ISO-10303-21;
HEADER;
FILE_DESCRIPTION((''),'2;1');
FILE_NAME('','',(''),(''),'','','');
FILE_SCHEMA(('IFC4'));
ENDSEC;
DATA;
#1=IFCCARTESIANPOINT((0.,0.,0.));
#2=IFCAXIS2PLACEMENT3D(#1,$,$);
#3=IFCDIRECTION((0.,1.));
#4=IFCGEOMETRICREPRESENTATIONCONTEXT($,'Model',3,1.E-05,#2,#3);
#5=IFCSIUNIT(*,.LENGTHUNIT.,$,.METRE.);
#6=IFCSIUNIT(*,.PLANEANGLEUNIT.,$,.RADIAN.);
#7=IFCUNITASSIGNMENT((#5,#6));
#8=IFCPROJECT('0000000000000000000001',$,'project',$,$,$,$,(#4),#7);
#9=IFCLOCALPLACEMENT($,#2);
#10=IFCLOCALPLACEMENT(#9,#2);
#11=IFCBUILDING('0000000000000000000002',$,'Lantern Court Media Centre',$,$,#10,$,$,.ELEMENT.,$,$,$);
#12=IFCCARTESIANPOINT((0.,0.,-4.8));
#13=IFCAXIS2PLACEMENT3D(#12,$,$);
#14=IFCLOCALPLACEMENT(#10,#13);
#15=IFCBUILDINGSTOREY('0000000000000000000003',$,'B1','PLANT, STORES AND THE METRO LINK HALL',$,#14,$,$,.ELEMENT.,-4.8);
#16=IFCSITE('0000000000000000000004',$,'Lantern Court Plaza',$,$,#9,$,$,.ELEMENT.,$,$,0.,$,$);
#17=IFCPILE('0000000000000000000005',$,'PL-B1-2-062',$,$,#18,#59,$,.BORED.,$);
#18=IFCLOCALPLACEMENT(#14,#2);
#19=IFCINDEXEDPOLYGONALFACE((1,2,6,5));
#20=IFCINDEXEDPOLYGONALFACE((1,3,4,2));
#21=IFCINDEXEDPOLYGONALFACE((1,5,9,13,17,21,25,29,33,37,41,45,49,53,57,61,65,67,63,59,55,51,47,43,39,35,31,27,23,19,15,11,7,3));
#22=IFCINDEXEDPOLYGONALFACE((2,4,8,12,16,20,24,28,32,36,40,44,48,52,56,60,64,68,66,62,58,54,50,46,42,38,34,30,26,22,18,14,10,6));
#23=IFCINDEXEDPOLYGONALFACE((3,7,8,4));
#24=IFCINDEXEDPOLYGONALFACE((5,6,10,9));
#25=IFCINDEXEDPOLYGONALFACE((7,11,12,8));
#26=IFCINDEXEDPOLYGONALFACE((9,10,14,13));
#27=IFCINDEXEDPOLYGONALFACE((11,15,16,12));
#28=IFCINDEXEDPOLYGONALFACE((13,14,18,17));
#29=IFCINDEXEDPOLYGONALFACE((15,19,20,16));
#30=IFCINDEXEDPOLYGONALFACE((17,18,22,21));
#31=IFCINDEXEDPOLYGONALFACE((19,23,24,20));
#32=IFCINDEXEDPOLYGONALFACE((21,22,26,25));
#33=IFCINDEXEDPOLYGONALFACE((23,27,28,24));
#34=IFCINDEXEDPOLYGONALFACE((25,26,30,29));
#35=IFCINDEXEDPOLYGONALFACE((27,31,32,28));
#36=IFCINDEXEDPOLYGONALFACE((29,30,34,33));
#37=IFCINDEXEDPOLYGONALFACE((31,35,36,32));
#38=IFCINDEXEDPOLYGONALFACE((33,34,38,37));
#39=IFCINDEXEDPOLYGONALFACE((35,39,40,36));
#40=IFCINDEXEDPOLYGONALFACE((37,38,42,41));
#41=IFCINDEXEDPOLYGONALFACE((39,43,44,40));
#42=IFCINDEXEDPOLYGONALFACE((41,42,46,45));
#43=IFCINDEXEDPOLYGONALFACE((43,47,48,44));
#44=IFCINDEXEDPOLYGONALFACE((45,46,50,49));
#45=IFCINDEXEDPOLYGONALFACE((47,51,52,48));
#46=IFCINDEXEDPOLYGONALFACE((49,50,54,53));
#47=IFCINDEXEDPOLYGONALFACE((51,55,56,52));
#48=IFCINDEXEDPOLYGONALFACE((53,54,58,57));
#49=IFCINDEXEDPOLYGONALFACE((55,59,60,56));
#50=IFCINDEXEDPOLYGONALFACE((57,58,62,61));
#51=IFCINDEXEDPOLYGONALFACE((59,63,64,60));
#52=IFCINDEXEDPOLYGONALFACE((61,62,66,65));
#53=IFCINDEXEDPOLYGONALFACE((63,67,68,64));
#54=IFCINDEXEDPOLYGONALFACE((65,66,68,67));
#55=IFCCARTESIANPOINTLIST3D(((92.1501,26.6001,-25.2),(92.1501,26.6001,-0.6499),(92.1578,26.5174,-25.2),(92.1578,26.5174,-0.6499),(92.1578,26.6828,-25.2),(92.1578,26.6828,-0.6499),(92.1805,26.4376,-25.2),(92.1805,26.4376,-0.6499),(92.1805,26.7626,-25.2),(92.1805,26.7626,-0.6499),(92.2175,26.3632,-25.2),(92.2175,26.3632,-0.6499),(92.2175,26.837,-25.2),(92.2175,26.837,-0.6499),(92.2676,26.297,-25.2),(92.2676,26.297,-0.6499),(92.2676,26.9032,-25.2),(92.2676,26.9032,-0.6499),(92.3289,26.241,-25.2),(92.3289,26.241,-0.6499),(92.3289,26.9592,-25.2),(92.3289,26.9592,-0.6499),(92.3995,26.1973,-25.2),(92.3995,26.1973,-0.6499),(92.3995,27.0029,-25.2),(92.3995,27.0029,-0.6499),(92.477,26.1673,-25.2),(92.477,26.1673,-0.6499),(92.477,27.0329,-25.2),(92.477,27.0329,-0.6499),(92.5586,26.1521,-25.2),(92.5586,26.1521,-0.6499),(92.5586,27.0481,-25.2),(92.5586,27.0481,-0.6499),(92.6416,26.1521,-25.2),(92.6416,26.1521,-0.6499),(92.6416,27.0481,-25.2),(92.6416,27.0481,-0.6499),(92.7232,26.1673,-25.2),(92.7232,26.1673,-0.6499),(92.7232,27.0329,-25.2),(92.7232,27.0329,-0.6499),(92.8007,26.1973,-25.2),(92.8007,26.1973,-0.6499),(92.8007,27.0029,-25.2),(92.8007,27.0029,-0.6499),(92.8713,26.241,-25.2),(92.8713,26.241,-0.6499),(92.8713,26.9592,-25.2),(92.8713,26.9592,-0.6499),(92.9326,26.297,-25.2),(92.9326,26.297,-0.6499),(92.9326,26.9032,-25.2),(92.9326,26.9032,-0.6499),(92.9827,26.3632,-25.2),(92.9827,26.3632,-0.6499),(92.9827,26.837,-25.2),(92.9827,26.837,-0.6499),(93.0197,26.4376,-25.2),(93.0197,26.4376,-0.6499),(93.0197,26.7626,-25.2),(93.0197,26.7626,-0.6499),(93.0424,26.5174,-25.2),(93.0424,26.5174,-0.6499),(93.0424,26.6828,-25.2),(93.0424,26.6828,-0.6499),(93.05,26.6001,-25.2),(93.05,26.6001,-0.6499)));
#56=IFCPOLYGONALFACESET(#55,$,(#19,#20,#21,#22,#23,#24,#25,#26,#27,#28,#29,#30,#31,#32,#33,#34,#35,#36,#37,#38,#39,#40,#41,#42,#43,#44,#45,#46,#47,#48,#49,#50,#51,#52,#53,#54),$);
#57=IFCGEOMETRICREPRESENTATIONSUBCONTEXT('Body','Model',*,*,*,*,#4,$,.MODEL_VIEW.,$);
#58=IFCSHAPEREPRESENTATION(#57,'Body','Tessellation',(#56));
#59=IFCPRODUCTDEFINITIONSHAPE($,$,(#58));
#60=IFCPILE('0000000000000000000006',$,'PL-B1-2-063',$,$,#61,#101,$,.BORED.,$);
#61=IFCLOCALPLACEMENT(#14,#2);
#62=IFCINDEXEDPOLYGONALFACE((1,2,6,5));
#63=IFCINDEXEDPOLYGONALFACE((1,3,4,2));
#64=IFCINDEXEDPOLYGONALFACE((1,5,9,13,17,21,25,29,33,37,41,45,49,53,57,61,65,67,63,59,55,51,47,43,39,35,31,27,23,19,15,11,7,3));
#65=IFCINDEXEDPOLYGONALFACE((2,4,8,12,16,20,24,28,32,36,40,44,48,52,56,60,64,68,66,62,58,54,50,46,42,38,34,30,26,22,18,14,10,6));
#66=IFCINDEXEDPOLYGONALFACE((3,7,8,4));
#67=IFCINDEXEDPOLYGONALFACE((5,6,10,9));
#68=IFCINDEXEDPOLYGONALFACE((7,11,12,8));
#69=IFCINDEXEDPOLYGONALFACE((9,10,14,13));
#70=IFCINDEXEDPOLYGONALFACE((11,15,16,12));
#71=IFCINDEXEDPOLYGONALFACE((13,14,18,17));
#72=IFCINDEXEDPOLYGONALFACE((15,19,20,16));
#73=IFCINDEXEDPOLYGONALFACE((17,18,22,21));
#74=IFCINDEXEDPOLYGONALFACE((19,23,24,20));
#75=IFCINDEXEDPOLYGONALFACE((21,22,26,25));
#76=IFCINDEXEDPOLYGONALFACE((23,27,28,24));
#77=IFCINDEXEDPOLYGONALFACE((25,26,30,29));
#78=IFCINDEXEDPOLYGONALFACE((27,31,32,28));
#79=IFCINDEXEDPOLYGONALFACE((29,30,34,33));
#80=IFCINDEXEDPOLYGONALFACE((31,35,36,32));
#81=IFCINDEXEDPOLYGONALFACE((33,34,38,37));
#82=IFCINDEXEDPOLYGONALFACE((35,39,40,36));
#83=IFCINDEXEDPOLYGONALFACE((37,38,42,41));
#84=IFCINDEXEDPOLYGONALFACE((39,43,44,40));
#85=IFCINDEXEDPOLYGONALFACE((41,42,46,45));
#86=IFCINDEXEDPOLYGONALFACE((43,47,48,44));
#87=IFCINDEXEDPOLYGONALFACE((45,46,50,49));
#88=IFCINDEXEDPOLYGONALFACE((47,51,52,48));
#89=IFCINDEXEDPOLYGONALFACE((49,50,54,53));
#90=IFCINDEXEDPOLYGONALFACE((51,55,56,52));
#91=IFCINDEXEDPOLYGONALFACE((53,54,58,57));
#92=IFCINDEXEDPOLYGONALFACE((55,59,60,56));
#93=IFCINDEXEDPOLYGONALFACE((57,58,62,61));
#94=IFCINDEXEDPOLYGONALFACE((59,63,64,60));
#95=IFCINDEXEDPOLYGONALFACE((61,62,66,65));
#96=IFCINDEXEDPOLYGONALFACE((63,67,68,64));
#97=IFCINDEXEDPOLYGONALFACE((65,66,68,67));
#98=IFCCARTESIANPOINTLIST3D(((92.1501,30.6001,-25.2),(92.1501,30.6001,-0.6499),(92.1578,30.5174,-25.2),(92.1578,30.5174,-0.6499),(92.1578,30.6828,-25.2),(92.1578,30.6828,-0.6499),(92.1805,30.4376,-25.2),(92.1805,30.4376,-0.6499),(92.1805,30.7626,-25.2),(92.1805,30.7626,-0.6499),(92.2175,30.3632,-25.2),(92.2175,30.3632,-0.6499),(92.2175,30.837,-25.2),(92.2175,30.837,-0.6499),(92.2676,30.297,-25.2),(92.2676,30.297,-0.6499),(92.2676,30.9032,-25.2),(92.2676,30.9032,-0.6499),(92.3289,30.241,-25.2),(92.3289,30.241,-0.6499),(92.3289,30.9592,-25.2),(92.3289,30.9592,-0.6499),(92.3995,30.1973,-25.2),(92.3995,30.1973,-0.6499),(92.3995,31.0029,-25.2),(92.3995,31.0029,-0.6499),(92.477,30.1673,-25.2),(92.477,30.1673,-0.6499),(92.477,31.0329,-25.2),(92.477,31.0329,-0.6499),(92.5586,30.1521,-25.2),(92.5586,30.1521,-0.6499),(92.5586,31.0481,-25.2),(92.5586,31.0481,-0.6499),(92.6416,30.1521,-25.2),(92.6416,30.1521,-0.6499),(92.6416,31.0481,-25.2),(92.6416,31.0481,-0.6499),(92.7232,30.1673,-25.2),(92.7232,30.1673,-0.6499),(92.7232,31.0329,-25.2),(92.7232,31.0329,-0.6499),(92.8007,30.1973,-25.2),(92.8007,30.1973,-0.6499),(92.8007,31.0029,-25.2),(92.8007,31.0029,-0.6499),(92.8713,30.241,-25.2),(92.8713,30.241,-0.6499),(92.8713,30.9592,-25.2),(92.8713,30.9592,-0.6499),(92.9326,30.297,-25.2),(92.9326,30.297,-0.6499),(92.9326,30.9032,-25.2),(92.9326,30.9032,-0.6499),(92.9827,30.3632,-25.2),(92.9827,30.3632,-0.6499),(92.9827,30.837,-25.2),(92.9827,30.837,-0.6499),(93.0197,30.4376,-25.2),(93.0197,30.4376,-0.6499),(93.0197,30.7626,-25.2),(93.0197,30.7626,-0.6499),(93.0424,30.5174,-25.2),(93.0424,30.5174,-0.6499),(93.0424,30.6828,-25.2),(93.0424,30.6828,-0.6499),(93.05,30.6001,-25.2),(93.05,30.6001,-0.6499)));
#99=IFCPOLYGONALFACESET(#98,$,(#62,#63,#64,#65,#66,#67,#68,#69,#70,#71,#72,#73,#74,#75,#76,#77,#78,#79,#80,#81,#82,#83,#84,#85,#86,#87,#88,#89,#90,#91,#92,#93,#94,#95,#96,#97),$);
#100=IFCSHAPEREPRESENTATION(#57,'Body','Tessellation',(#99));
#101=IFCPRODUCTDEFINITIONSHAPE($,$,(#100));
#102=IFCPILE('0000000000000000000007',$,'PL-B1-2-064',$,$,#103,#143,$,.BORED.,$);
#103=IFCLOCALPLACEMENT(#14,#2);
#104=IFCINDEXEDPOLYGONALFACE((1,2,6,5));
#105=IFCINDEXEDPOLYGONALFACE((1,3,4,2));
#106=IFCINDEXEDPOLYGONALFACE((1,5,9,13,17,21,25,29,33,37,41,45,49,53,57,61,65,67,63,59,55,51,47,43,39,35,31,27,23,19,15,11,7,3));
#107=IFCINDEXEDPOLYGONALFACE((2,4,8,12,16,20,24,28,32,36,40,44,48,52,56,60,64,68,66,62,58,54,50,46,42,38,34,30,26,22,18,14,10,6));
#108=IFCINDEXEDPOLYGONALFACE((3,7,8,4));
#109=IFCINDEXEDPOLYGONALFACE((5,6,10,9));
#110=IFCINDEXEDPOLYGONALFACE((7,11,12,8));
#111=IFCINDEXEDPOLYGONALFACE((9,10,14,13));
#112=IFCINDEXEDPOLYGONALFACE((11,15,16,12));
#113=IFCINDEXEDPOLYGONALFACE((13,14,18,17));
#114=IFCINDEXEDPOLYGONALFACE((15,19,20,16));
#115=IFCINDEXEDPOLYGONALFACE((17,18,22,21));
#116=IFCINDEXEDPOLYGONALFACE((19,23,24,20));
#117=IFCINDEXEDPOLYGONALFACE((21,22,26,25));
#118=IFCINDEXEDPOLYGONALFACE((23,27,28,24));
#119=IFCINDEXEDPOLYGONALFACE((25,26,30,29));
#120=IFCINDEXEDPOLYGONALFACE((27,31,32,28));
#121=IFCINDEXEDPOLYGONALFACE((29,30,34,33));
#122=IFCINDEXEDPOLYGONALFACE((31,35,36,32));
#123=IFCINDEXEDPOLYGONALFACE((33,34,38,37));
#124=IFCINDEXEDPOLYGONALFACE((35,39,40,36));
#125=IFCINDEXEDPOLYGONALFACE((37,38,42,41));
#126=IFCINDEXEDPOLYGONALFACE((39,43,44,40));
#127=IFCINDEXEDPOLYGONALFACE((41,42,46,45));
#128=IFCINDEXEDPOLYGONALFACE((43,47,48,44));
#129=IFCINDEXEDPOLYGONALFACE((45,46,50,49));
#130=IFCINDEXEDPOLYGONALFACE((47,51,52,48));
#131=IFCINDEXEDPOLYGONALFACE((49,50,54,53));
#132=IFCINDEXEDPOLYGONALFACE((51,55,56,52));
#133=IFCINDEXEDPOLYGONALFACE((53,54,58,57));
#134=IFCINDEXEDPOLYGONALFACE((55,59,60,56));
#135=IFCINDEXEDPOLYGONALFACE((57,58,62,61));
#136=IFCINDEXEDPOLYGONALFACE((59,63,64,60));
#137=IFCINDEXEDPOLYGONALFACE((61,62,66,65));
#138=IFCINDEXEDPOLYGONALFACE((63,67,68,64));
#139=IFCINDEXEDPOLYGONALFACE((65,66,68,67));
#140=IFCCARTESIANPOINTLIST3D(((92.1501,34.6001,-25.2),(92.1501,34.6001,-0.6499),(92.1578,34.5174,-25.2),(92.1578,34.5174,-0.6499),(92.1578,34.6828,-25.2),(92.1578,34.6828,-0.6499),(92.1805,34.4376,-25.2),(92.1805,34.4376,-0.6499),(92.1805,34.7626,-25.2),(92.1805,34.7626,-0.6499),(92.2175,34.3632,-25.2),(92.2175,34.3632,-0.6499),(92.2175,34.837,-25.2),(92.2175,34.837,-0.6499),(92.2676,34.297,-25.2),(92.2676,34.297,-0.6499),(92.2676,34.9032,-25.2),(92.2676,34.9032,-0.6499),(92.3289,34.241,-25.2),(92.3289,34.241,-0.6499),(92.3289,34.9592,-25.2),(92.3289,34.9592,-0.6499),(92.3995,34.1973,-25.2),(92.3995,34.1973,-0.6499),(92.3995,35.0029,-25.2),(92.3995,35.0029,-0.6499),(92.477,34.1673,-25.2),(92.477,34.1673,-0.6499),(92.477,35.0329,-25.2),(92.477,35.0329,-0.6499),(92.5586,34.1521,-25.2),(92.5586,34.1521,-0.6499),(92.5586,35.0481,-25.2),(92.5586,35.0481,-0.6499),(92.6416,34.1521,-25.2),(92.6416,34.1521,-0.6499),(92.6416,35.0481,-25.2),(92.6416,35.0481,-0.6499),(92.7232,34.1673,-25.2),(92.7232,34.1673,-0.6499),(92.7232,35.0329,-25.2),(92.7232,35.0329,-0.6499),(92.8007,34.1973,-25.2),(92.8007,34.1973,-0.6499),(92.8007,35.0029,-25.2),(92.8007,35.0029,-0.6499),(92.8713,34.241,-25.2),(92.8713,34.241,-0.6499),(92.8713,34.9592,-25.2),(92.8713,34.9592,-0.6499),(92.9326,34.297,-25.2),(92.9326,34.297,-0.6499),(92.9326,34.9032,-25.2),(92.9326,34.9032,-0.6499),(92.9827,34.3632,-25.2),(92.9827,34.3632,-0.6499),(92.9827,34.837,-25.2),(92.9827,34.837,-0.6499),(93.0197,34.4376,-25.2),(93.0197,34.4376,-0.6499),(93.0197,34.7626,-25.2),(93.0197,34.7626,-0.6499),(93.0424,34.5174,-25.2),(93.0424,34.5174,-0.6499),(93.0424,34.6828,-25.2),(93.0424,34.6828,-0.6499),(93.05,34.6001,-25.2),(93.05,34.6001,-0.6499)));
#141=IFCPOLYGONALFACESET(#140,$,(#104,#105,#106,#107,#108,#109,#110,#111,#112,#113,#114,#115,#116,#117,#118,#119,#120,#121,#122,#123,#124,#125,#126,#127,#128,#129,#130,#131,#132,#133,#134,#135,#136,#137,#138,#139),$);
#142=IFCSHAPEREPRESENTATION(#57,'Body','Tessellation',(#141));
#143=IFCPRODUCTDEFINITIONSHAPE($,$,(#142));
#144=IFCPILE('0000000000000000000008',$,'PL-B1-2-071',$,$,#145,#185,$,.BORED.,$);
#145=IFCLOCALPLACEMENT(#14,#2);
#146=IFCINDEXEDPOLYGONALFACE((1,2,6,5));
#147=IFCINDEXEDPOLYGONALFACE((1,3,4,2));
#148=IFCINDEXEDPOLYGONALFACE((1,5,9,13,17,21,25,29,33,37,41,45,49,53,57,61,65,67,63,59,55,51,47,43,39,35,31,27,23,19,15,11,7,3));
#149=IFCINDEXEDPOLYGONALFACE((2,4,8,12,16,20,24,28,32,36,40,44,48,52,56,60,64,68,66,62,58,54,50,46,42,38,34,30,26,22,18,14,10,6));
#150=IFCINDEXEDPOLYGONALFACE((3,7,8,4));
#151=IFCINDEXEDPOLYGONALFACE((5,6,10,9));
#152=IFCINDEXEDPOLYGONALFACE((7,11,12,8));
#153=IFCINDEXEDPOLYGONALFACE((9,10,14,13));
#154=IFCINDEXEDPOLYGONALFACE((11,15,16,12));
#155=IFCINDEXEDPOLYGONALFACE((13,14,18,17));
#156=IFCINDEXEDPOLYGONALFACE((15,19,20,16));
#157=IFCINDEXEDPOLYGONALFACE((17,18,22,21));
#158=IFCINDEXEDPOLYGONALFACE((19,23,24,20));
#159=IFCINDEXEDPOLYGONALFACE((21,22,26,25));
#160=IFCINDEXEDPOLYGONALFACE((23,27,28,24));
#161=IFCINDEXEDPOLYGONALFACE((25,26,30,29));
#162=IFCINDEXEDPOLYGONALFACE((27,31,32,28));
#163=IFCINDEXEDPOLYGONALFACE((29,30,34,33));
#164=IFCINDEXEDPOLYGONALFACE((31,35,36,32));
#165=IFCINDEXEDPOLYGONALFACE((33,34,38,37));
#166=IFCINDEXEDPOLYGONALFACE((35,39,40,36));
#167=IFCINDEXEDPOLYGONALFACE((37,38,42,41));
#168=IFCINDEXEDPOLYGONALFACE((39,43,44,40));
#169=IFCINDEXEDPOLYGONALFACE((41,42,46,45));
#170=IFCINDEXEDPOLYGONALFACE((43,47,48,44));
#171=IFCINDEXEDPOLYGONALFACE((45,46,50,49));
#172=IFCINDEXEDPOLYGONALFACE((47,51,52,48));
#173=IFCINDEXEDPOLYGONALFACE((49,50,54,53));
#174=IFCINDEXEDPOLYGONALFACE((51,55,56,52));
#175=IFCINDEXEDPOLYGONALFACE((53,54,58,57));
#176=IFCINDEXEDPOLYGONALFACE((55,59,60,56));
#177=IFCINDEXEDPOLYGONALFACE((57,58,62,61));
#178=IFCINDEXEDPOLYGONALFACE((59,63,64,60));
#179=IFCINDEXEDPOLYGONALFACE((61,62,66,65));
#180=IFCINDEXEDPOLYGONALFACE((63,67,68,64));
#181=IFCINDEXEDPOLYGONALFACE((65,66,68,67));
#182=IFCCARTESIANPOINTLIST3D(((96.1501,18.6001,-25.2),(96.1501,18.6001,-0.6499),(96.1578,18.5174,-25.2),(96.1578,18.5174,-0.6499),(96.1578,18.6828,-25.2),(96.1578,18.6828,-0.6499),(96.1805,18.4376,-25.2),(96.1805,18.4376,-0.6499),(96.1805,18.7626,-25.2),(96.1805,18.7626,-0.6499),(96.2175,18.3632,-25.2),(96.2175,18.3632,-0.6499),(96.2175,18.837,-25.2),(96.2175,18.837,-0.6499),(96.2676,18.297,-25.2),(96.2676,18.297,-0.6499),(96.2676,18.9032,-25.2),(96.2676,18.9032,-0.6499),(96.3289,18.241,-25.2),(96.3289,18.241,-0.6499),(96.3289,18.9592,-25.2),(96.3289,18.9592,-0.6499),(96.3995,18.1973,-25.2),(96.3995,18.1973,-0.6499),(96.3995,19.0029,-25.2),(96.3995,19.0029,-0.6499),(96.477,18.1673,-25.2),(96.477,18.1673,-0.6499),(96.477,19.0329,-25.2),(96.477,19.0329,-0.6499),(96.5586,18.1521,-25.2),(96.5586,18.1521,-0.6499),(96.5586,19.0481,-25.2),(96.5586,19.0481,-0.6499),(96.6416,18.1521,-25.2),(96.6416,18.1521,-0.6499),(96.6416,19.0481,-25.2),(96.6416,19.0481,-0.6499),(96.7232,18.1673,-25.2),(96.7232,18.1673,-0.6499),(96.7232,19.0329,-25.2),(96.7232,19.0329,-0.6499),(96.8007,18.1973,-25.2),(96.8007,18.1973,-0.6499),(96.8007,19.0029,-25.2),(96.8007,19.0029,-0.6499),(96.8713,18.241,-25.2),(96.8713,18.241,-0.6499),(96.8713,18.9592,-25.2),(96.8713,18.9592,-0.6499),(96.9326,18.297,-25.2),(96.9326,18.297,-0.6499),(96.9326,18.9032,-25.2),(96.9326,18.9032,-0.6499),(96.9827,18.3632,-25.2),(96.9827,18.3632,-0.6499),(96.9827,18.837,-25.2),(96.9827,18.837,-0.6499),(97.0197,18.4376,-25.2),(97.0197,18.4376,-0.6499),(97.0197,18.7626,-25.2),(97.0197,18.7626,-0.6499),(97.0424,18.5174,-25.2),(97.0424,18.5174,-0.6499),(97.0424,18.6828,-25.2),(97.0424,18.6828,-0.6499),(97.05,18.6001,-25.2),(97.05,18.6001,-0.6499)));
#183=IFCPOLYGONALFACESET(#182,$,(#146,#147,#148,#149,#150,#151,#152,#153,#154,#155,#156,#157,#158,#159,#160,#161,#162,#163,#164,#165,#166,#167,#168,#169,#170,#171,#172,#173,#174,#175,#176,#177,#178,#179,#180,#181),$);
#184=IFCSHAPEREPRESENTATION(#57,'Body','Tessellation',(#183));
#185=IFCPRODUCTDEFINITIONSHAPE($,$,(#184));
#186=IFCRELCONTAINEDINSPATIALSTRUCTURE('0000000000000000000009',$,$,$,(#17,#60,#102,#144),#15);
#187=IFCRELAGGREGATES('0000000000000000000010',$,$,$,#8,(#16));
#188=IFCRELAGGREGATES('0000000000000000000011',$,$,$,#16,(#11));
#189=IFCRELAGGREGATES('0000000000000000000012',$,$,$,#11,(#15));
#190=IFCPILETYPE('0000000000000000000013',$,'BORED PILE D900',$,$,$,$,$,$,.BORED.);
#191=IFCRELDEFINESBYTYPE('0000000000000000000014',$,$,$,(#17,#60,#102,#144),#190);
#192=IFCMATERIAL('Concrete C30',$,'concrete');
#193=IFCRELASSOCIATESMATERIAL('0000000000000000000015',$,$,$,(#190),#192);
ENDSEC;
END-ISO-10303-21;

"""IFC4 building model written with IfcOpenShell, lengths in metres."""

from ifc_helpers import new_model, si_unit, direction, frame, origin, origin_2d, place, context, subcontext, project, spatial, circle, extrude, material, material_profile, profile_set, type_object, element, save


model = new_model("IFC4")

# Units and contexts
model_context = context("Model", 3, precision=1e-05, world=origin(), true_north=direction((0.0, 1.0)))
body_context = subcontext(model_context, "Body", "Model", "MODEL_VIEW")
ifc_project = project(units=[si_unit("LENGTHUNIT", "METRE"), si_unit("PLANEANGLEUNIT", "RADIAN")], contexts=[model_context])

# Site, building, storey
site_placement = place(None, origin())
site = spatial("IfcSite", under=ifc_project, at=site_placement, Name="Lantern Court Plaza", CompositionType="ELEMENT", RefElevation=0.0)
building_placement = place(site_placement, origin())
building = spatial("IfcBuilding", under=site, at=building_placement, Name="Lantern Court Media Centre", CompositionType="ELEMENT")
storey_placement = place(building_placement, frame((0.0, 0.0, -4.8)))
storey = spatial("IfcBuildingStorey", under=building, at=storey_placement, Name="B1", Description="PLANT, STORES AND THE METRO LINK HALL", CompositionType="ELEMENT", Elevation=-4.8)

# Piles
ifc_material_1 = material(Name="Concrete C30", Category="concrete")
ifc_material_profile_1 = material_profile(ifc_material_1, circle(Radius=0.45, at=origin_2d()), Name="D900")
ifc_profile_set_1 = profile_set([ifc_material_profile_1], Name="Concrete C30")
pile_type = type_object("IfcPileType", Name="BORED PILE D900", PredefinedType="BORED", material=ifc_profile_set_1)
for number, where, z_axis, x_axis, name in (
    (1, (92.6001, 26.6001, -0.6499), (0.0, 0.0, -1.0), (1.0, 0.0, 0.0), "PL-B1-2-062"),
    (2, (92.6001, 30.6001, -0.6499), (0.0, 0.0, -1.0), (1.0, 0.0, 0.0), "PL-B1-2-063"),
    (3, (92.6001, 34.6001, -0.6499), (0.0, 0.0, -1.0), (1.0, 0.0, 0.0), "PL-B1-2-064"),
    (4, (96.6001, 18.6001, -0.6499), (0.0, 0.0, -1.0), (1.0, 0.0, 0.0), "PL-B1-2-071"),
):
    element("IfcPile", number, at=place(storey_placement, frame(where, z_axis=z_axis, x_axis=x_axis)), inside=storey, type_object=pile_type, Name=name, PredefinedType="BORED", context=body_context, shape_type="SweptSolid", body=[
        extrude(circle(Radius=0.45, at=origin_2d()), origin(), (0.0, 0.0, 1.0), 24.55),
    ])

save(model, "model.ifc")
